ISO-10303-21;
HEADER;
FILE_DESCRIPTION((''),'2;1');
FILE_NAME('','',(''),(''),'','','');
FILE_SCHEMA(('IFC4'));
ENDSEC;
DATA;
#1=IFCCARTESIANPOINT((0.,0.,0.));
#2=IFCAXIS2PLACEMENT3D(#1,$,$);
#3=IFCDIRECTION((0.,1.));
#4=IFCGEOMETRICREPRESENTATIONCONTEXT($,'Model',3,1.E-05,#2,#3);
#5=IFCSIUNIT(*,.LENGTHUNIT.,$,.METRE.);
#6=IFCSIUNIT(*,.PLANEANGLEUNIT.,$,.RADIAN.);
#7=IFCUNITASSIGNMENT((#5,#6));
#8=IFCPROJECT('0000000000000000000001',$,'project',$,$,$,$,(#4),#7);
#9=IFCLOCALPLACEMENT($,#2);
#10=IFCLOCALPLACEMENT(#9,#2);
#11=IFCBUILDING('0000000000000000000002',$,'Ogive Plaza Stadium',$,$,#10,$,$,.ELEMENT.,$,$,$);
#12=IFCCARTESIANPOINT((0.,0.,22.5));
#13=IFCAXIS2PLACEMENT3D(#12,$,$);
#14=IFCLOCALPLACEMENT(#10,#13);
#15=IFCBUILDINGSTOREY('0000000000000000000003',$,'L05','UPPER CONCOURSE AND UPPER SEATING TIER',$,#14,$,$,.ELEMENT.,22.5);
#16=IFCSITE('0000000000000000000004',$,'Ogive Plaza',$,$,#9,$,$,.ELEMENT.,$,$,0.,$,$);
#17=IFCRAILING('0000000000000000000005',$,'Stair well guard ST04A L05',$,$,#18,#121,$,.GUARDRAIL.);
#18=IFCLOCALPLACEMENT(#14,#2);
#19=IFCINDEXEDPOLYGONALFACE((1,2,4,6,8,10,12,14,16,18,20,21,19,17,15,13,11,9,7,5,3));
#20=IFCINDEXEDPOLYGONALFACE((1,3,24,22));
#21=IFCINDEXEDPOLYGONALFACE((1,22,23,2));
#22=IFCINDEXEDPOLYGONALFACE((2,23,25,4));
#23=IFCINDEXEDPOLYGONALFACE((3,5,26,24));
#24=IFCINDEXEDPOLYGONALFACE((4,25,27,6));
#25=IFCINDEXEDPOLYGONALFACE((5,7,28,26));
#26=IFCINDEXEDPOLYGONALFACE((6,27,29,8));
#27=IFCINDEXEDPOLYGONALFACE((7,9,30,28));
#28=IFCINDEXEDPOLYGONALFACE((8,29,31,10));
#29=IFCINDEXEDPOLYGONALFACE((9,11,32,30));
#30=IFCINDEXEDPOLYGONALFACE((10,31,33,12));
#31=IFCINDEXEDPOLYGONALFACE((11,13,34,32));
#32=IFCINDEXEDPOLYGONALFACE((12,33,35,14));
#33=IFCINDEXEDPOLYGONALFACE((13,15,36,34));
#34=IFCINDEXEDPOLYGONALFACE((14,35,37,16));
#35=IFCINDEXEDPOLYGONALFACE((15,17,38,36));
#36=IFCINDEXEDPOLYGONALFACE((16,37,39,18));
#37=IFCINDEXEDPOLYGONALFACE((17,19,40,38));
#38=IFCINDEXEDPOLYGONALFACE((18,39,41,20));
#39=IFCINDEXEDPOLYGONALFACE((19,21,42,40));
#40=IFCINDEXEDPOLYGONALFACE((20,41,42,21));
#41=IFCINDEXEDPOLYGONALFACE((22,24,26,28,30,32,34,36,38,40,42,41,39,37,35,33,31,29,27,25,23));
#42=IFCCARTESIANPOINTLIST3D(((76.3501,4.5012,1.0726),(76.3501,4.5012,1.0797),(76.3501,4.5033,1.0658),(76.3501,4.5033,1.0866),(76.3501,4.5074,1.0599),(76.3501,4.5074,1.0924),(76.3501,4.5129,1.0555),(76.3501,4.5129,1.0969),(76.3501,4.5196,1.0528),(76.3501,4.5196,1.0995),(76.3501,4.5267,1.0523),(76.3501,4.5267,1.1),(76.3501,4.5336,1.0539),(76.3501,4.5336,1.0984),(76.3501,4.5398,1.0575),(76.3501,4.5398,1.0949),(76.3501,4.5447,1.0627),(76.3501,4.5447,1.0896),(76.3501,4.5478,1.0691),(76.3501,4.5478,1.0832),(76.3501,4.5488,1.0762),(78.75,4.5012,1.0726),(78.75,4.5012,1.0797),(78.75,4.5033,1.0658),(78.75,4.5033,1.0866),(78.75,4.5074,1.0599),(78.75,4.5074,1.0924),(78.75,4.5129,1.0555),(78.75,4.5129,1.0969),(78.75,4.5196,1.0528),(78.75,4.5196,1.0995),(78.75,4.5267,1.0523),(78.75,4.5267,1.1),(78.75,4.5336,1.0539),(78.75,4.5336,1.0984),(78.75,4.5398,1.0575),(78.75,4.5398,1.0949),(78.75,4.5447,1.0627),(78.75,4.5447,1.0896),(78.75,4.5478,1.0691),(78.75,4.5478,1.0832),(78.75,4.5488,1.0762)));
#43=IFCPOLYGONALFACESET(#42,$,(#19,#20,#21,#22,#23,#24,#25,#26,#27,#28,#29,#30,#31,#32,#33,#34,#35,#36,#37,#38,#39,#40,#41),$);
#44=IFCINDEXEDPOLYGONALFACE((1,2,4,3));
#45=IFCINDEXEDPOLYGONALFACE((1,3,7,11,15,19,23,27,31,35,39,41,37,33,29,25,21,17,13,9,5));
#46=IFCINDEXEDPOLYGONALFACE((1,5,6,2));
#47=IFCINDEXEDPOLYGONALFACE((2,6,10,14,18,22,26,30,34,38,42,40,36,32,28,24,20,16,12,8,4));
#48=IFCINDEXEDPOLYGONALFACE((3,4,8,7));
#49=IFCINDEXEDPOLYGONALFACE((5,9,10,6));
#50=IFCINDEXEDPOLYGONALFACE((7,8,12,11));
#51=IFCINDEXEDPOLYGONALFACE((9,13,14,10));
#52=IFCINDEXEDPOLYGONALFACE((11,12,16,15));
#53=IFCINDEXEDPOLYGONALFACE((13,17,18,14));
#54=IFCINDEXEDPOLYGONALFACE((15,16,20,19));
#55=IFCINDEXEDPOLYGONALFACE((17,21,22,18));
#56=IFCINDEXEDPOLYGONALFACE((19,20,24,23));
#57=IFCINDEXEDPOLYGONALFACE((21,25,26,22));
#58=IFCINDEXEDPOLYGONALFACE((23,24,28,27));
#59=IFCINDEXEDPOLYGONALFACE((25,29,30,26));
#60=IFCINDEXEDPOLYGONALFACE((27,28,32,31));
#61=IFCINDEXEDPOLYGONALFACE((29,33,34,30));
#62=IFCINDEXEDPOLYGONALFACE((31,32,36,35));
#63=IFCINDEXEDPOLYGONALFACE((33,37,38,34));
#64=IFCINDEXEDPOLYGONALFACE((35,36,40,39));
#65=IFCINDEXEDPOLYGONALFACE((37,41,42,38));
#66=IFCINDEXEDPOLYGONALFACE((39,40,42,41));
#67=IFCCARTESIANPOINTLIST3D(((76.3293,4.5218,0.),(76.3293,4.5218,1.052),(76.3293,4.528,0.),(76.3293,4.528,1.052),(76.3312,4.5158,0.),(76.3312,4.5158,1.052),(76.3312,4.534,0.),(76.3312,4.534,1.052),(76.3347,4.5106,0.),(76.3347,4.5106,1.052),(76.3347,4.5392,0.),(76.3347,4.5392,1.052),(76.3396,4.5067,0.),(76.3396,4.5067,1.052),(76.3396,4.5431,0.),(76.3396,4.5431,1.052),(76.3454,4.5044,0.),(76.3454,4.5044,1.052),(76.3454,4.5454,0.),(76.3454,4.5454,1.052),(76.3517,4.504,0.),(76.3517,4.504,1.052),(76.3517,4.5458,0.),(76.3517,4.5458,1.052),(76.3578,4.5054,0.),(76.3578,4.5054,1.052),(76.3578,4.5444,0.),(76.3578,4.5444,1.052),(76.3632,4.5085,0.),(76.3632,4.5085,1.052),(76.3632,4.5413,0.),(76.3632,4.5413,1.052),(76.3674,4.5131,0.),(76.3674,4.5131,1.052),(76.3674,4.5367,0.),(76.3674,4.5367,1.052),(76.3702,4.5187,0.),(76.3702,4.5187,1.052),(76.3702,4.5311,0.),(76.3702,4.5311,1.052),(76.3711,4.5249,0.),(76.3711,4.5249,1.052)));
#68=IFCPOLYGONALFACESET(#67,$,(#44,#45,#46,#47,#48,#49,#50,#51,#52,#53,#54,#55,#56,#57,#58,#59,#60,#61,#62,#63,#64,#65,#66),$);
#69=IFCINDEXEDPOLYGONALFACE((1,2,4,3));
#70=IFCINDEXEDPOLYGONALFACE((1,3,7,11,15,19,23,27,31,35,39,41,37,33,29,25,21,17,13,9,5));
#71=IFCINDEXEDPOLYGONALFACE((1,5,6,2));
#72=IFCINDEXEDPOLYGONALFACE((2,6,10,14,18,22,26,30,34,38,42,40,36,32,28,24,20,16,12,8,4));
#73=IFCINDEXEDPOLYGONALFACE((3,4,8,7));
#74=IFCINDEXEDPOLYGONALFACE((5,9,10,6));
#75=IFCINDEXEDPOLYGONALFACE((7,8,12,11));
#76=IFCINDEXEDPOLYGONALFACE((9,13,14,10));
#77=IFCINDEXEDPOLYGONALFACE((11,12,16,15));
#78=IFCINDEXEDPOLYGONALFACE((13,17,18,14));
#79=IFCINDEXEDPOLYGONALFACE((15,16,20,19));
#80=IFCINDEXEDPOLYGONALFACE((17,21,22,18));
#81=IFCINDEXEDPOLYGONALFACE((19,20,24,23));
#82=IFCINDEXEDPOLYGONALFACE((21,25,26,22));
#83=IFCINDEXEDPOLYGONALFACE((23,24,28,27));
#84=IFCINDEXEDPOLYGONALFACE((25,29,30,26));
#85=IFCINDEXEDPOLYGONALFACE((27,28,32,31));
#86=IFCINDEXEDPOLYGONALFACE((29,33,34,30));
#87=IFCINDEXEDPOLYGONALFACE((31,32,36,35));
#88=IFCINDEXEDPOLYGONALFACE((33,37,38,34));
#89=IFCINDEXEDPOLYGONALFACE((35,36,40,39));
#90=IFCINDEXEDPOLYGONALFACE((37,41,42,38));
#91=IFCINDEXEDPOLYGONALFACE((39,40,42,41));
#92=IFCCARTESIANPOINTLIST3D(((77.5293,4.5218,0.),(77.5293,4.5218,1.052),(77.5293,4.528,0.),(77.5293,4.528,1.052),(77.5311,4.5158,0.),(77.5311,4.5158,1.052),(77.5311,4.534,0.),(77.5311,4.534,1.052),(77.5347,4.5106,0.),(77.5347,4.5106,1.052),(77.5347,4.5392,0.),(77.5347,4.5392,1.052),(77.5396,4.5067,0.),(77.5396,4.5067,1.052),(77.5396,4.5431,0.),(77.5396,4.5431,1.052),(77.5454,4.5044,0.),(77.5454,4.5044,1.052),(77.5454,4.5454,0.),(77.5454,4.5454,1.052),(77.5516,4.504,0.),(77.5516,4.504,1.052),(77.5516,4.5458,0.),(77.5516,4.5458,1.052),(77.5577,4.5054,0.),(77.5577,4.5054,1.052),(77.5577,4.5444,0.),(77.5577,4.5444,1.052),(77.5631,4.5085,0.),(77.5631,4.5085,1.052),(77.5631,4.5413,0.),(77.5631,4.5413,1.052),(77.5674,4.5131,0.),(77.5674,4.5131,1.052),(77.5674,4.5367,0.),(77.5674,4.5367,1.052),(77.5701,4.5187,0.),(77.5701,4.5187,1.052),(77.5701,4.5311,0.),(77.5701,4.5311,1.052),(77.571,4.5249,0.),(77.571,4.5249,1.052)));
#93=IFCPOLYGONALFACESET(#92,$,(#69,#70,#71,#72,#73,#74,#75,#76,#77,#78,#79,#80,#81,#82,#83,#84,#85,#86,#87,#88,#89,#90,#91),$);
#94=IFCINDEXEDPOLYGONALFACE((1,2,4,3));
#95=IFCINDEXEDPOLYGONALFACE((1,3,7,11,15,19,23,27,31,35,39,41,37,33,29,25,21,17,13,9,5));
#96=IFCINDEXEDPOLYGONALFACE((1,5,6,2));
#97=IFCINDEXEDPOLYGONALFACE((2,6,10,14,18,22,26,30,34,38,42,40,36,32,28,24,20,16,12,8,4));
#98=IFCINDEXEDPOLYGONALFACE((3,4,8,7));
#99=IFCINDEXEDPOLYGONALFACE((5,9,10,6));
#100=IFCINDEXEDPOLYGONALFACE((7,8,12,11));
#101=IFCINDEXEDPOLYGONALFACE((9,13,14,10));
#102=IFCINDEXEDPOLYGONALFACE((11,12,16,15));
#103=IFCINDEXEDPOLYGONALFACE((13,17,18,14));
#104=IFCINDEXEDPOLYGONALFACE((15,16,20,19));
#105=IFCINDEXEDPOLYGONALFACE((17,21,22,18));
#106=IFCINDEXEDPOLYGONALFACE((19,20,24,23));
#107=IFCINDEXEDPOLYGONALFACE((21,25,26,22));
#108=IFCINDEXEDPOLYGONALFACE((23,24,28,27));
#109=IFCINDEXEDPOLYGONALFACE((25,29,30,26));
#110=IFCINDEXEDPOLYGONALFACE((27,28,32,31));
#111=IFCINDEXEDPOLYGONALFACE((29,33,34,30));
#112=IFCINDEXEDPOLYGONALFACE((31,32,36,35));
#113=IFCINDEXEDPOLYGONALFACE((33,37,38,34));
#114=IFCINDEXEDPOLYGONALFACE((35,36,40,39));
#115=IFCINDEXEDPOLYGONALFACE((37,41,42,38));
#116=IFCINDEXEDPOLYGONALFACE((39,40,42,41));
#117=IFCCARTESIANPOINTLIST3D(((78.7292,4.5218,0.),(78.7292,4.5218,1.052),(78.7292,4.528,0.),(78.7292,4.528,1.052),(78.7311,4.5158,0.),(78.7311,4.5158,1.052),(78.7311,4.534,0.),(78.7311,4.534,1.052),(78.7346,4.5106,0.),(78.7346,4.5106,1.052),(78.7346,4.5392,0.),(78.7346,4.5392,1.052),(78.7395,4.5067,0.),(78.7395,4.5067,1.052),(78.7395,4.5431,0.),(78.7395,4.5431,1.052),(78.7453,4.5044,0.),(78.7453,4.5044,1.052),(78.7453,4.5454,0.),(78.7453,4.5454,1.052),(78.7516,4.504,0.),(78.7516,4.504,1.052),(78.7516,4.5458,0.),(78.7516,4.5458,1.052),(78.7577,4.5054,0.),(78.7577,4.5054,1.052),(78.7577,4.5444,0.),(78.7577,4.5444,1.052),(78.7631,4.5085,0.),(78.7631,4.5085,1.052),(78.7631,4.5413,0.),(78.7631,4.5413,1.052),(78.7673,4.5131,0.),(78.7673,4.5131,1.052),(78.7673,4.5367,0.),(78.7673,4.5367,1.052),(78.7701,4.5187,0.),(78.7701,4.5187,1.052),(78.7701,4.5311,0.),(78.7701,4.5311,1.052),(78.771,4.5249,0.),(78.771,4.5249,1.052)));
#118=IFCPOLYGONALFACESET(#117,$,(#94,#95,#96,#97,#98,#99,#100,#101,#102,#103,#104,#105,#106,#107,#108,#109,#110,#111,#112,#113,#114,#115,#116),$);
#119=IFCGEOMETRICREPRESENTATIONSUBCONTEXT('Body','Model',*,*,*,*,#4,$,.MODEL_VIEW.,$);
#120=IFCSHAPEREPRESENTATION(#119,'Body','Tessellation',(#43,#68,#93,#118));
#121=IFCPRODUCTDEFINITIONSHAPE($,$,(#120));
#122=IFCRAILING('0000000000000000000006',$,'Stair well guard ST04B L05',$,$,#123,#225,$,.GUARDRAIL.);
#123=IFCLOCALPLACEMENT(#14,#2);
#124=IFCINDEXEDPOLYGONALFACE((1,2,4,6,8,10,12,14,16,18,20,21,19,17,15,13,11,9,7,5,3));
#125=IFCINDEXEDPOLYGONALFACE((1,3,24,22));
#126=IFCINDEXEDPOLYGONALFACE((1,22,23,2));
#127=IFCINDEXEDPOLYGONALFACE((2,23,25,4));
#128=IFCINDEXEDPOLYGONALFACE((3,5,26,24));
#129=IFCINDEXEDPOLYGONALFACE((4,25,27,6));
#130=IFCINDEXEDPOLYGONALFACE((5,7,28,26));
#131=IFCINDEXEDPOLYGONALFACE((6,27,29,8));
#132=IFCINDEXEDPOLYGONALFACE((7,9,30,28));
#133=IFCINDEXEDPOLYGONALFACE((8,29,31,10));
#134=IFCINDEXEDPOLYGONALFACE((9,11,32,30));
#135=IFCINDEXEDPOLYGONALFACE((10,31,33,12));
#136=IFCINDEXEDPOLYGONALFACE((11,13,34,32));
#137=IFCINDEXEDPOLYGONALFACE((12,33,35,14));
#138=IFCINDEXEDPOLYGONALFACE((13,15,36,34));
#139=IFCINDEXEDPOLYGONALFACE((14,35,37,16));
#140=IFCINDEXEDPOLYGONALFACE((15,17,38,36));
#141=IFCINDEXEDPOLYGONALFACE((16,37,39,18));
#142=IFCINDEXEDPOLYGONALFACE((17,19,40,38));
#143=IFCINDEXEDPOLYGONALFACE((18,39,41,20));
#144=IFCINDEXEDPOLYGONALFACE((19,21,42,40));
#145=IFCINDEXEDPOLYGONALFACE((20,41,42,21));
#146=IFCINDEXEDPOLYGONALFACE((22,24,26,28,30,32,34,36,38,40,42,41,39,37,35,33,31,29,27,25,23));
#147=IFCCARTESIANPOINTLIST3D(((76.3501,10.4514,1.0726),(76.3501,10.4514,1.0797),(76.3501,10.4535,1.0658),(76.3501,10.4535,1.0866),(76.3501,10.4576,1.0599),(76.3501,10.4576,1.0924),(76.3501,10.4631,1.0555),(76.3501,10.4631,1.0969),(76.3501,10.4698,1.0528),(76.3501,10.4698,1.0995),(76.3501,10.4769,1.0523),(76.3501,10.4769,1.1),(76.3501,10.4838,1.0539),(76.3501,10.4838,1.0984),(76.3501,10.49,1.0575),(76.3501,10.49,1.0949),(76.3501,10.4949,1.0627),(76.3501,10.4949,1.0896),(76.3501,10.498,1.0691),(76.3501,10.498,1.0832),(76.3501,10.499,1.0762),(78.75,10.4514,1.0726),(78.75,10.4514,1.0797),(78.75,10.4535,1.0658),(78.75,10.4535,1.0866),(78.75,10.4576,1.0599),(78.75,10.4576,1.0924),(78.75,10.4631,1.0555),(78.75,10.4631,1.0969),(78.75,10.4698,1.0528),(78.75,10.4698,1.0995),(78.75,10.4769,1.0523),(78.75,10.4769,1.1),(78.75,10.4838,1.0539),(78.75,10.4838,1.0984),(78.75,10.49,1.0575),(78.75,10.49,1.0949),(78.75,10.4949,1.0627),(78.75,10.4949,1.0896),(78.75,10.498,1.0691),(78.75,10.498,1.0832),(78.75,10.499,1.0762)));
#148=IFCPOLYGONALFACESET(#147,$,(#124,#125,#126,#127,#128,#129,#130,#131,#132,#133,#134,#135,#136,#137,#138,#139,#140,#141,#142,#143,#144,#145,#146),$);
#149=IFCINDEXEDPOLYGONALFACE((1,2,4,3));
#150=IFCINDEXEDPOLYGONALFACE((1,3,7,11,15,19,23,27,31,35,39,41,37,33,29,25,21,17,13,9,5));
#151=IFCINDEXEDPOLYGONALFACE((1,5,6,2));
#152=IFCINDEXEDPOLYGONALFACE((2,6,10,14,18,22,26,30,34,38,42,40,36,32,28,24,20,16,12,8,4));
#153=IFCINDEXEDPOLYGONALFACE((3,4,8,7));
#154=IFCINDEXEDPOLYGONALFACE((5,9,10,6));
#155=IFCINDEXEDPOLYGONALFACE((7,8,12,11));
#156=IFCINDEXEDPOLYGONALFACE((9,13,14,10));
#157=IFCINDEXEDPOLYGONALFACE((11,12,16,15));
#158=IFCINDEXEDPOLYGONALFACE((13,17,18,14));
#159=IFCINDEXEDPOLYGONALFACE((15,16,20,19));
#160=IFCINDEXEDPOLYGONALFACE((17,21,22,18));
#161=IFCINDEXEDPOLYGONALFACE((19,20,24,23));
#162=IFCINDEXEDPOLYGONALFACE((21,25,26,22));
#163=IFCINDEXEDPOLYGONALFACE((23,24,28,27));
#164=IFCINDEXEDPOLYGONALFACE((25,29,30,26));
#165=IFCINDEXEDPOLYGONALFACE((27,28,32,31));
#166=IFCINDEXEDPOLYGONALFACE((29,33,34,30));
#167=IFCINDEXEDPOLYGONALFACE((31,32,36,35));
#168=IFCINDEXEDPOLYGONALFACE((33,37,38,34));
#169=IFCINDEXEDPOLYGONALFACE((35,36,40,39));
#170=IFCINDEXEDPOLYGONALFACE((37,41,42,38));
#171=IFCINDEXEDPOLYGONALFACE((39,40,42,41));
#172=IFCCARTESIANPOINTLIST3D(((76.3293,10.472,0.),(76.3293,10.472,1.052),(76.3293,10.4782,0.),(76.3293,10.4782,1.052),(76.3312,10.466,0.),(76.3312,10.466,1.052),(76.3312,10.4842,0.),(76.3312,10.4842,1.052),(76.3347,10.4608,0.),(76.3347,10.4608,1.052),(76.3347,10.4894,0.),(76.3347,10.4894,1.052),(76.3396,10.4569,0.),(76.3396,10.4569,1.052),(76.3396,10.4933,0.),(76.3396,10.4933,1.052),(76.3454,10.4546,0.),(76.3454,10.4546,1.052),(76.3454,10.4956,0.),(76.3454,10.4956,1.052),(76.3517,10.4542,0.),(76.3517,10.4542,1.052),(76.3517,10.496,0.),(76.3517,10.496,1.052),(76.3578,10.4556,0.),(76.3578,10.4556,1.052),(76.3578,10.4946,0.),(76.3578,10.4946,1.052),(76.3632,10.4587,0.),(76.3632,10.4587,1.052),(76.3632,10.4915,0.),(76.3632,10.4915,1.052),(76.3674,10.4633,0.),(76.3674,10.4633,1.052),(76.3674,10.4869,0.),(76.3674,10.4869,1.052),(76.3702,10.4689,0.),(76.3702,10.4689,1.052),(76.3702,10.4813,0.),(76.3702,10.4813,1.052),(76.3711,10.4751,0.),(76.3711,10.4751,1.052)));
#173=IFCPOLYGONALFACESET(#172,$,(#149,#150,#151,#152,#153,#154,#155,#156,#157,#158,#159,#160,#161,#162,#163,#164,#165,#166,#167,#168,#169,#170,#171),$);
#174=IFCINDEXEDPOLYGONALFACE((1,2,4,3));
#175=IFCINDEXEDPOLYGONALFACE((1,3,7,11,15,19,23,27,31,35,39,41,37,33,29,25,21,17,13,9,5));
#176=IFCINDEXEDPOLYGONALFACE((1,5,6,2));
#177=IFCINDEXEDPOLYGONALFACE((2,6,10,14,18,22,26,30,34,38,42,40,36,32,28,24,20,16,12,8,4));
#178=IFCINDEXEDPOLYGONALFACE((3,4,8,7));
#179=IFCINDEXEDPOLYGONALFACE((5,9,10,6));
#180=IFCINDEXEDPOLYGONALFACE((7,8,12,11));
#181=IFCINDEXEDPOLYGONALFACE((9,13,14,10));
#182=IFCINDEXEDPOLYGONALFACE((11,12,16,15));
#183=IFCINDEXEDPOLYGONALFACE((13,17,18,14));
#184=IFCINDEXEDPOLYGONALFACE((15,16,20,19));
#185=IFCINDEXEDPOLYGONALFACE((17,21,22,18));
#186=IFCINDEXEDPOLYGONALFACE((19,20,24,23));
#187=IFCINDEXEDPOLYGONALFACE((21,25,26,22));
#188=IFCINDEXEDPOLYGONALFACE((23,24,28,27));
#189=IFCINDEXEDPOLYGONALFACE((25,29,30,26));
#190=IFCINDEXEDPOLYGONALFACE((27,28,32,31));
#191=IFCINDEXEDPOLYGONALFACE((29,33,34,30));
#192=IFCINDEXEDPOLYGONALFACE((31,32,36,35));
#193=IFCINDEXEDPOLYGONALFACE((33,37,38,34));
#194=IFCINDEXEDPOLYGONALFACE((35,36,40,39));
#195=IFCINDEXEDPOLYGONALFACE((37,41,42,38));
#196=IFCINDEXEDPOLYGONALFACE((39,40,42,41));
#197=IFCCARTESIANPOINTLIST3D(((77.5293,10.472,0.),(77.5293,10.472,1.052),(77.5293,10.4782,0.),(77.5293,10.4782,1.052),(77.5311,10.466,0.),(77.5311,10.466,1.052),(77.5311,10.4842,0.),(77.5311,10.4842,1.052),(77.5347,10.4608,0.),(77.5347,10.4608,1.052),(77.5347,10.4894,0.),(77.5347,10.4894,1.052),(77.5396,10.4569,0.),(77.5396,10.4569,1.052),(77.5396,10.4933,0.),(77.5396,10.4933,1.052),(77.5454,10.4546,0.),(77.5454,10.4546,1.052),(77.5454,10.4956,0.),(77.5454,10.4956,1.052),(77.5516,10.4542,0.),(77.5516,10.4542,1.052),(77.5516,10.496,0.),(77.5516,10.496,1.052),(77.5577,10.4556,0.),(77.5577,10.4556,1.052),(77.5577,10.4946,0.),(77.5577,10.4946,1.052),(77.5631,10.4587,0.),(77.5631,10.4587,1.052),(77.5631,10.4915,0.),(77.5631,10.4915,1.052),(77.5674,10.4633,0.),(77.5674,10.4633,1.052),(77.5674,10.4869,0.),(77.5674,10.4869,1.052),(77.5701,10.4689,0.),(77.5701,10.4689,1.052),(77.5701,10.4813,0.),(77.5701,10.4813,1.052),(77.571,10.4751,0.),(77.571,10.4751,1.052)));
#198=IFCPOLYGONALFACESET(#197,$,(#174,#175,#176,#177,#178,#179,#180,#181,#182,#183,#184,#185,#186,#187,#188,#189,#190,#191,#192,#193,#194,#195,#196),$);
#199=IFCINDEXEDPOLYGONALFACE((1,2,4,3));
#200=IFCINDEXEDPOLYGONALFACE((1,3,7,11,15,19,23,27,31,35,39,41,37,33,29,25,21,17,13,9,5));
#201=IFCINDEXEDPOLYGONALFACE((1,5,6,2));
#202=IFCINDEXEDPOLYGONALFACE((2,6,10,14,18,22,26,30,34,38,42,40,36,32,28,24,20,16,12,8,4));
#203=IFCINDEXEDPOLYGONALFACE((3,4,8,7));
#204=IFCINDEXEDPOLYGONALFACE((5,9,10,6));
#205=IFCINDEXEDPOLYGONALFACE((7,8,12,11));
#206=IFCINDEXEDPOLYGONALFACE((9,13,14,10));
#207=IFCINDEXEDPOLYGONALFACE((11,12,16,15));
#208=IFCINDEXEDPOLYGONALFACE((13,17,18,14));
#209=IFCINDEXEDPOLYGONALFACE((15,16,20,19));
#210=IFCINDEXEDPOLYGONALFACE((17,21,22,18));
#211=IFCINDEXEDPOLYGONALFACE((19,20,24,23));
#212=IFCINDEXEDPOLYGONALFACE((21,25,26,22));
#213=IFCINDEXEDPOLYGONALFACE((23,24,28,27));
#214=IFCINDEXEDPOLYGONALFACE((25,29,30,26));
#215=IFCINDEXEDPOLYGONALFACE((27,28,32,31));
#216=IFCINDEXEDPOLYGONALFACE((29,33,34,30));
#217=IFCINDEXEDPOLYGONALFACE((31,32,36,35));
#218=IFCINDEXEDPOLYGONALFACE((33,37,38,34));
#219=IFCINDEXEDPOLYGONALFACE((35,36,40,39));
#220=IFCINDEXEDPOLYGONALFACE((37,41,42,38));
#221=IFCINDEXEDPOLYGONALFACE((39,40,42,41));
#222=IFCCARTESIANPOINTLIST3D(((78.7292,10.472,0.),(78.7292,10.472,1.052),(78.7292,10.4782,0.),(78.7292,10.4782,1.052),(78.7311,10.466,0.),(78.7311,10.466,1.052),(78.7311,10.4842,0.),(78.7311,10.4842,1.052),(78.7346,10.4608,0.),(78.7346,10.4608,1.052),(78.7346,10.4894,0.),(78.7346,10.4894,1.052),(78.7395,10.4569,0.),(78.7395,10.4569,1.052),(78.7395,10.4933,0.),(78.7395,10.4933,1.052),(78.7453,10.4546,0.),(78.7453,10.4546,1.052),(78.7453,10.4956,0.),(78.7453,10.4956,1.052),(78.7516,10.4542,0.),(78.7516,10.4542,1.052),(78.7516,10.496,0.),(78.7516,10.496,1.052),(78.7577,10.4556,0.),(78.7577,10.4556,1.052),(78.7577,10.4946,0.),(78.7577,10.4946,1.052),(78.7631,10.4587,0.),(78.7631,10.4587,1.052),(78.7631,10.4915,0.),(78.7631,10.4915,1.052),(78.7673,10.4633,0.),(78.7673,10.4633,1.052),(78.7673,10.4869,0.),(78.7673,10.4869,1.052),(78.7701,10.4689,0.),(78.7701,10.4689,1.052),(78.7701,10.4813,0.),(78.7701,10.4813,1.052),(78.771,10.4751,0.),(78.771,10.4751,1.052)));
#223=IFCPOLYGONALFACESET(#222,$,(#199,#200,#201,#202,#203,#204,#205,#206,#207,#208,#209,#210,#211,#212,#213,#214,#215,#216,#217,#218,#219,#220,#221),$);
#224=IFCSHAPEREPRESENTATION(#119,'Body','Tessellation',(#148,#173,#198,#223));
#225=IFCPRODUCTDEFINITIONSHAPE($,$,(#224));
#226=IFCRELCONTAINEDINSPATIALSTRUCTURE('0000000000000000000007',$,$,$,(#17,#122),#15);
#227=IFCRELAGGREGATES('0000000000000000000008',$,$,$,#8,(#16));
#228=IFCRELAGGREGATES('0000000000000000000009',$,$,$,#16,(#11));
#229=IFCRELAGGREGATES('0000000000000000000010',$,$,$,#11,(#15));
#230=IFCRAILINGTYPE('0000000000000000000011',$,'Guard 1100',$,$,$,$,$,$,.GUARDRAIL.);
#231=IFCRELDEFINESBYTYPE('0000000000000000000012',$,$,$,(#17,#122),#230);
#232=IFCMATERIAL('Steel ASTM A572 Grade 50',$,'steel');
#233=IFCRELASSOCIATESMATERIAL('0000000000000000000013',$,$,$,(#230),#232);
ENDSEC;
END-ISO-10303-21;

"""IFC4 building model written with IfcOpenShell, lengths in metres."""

from ifc_helpers import new_model, si_unit, direction, frame, origin, origin_2d, place, context, subcontext, project, spatial, circle, extrude, material, type_object, element, save


model = new_model("IFC4")

# Units and contexts
model_context = context("Model", 3, precision=1e-05, world=origin(), true_north=direction((0.0, 1.0)))
body_context = subcontext(model_context, "Body", "Model", "MODEL_VIEW")
ifc_project = project(units=[si_unit("LENGTHUNIT", "METRE"), si_unit("PLANEANGLEUNIT", "RADIAN")], contexts=[model_context])

# Site, building, storey
site_placement = place(None, origin())
site = spatial("IfcSite", under=ifc_project, at=site_placement, Name="Ogive Plaza", CompositionType="ELEMENT", RefElevation=0.0)
building_placement = place(site_placement, origin())
building = spatial("IfcBuilding", under=site, at=building_placement, Name="Ogive Plaza Stadium", CompositionType="ELEMENT")
storey_placement = place(building_placement, frame((0.0, 0.0, 22.5)))
storey = spatial("IfcBuildingStorey", under=building, at=storey_placement, Name="L05", Description="UPPER CONCOURSE AND UPPER SEATING TIER", CompositionType="ELEMENT", Elevation=22.5)

# Railings
ifc_material_1 = material(Name="Steel ASTM A572 Grade 50", Category="steel")
railing_type = type_object("IfcRailingType", Name="Guard 1100", PredefinedType="GUARDRAIL", material=ifc_material_1)
for number, where, name in (
    (1, (76.3501, 4.5249, 0.0), "Stair well guard ST04A L05"),
    (2, (76.3501, 10.4751, 0.0), "Stair well guard ST04B L05"),
):
    element("IfcRailing", number, at=place(storey_placement, frame(where)), inside=storey, type_object=railing_type, Name=name, PredefinedType="GUARDRAIL", context=body_context, shape_type="SweptSolid", body=[
        extrude(circle(Radius=0.0239, at=origin_2d()), frame((0.0, 0.0, 1.0762), z_axis=(1.0, 0.0, 0.0), x_axis=(0.0, 1.0, 0.0)), (0.0, 0.0, 1.0), 2.3999),
        extrude(circle(Radius=0.021, at=origin_2d()), origin(), (0.0, 0.0, 1.0), 1.052),
        extrude(circle(Radius=0.021, at=origin_2d()), frame((1.2, 0.0, 0.0)), (0.0, 0.0, 1.0), 1.052),
        extrude(circle(Radius=0.021, at=origin_2d()), frame((2.3999, 0.0, 0.0)), (0.0, 0.0, 1.0), 1.052),
    ])

save(model, "model.ifc")
